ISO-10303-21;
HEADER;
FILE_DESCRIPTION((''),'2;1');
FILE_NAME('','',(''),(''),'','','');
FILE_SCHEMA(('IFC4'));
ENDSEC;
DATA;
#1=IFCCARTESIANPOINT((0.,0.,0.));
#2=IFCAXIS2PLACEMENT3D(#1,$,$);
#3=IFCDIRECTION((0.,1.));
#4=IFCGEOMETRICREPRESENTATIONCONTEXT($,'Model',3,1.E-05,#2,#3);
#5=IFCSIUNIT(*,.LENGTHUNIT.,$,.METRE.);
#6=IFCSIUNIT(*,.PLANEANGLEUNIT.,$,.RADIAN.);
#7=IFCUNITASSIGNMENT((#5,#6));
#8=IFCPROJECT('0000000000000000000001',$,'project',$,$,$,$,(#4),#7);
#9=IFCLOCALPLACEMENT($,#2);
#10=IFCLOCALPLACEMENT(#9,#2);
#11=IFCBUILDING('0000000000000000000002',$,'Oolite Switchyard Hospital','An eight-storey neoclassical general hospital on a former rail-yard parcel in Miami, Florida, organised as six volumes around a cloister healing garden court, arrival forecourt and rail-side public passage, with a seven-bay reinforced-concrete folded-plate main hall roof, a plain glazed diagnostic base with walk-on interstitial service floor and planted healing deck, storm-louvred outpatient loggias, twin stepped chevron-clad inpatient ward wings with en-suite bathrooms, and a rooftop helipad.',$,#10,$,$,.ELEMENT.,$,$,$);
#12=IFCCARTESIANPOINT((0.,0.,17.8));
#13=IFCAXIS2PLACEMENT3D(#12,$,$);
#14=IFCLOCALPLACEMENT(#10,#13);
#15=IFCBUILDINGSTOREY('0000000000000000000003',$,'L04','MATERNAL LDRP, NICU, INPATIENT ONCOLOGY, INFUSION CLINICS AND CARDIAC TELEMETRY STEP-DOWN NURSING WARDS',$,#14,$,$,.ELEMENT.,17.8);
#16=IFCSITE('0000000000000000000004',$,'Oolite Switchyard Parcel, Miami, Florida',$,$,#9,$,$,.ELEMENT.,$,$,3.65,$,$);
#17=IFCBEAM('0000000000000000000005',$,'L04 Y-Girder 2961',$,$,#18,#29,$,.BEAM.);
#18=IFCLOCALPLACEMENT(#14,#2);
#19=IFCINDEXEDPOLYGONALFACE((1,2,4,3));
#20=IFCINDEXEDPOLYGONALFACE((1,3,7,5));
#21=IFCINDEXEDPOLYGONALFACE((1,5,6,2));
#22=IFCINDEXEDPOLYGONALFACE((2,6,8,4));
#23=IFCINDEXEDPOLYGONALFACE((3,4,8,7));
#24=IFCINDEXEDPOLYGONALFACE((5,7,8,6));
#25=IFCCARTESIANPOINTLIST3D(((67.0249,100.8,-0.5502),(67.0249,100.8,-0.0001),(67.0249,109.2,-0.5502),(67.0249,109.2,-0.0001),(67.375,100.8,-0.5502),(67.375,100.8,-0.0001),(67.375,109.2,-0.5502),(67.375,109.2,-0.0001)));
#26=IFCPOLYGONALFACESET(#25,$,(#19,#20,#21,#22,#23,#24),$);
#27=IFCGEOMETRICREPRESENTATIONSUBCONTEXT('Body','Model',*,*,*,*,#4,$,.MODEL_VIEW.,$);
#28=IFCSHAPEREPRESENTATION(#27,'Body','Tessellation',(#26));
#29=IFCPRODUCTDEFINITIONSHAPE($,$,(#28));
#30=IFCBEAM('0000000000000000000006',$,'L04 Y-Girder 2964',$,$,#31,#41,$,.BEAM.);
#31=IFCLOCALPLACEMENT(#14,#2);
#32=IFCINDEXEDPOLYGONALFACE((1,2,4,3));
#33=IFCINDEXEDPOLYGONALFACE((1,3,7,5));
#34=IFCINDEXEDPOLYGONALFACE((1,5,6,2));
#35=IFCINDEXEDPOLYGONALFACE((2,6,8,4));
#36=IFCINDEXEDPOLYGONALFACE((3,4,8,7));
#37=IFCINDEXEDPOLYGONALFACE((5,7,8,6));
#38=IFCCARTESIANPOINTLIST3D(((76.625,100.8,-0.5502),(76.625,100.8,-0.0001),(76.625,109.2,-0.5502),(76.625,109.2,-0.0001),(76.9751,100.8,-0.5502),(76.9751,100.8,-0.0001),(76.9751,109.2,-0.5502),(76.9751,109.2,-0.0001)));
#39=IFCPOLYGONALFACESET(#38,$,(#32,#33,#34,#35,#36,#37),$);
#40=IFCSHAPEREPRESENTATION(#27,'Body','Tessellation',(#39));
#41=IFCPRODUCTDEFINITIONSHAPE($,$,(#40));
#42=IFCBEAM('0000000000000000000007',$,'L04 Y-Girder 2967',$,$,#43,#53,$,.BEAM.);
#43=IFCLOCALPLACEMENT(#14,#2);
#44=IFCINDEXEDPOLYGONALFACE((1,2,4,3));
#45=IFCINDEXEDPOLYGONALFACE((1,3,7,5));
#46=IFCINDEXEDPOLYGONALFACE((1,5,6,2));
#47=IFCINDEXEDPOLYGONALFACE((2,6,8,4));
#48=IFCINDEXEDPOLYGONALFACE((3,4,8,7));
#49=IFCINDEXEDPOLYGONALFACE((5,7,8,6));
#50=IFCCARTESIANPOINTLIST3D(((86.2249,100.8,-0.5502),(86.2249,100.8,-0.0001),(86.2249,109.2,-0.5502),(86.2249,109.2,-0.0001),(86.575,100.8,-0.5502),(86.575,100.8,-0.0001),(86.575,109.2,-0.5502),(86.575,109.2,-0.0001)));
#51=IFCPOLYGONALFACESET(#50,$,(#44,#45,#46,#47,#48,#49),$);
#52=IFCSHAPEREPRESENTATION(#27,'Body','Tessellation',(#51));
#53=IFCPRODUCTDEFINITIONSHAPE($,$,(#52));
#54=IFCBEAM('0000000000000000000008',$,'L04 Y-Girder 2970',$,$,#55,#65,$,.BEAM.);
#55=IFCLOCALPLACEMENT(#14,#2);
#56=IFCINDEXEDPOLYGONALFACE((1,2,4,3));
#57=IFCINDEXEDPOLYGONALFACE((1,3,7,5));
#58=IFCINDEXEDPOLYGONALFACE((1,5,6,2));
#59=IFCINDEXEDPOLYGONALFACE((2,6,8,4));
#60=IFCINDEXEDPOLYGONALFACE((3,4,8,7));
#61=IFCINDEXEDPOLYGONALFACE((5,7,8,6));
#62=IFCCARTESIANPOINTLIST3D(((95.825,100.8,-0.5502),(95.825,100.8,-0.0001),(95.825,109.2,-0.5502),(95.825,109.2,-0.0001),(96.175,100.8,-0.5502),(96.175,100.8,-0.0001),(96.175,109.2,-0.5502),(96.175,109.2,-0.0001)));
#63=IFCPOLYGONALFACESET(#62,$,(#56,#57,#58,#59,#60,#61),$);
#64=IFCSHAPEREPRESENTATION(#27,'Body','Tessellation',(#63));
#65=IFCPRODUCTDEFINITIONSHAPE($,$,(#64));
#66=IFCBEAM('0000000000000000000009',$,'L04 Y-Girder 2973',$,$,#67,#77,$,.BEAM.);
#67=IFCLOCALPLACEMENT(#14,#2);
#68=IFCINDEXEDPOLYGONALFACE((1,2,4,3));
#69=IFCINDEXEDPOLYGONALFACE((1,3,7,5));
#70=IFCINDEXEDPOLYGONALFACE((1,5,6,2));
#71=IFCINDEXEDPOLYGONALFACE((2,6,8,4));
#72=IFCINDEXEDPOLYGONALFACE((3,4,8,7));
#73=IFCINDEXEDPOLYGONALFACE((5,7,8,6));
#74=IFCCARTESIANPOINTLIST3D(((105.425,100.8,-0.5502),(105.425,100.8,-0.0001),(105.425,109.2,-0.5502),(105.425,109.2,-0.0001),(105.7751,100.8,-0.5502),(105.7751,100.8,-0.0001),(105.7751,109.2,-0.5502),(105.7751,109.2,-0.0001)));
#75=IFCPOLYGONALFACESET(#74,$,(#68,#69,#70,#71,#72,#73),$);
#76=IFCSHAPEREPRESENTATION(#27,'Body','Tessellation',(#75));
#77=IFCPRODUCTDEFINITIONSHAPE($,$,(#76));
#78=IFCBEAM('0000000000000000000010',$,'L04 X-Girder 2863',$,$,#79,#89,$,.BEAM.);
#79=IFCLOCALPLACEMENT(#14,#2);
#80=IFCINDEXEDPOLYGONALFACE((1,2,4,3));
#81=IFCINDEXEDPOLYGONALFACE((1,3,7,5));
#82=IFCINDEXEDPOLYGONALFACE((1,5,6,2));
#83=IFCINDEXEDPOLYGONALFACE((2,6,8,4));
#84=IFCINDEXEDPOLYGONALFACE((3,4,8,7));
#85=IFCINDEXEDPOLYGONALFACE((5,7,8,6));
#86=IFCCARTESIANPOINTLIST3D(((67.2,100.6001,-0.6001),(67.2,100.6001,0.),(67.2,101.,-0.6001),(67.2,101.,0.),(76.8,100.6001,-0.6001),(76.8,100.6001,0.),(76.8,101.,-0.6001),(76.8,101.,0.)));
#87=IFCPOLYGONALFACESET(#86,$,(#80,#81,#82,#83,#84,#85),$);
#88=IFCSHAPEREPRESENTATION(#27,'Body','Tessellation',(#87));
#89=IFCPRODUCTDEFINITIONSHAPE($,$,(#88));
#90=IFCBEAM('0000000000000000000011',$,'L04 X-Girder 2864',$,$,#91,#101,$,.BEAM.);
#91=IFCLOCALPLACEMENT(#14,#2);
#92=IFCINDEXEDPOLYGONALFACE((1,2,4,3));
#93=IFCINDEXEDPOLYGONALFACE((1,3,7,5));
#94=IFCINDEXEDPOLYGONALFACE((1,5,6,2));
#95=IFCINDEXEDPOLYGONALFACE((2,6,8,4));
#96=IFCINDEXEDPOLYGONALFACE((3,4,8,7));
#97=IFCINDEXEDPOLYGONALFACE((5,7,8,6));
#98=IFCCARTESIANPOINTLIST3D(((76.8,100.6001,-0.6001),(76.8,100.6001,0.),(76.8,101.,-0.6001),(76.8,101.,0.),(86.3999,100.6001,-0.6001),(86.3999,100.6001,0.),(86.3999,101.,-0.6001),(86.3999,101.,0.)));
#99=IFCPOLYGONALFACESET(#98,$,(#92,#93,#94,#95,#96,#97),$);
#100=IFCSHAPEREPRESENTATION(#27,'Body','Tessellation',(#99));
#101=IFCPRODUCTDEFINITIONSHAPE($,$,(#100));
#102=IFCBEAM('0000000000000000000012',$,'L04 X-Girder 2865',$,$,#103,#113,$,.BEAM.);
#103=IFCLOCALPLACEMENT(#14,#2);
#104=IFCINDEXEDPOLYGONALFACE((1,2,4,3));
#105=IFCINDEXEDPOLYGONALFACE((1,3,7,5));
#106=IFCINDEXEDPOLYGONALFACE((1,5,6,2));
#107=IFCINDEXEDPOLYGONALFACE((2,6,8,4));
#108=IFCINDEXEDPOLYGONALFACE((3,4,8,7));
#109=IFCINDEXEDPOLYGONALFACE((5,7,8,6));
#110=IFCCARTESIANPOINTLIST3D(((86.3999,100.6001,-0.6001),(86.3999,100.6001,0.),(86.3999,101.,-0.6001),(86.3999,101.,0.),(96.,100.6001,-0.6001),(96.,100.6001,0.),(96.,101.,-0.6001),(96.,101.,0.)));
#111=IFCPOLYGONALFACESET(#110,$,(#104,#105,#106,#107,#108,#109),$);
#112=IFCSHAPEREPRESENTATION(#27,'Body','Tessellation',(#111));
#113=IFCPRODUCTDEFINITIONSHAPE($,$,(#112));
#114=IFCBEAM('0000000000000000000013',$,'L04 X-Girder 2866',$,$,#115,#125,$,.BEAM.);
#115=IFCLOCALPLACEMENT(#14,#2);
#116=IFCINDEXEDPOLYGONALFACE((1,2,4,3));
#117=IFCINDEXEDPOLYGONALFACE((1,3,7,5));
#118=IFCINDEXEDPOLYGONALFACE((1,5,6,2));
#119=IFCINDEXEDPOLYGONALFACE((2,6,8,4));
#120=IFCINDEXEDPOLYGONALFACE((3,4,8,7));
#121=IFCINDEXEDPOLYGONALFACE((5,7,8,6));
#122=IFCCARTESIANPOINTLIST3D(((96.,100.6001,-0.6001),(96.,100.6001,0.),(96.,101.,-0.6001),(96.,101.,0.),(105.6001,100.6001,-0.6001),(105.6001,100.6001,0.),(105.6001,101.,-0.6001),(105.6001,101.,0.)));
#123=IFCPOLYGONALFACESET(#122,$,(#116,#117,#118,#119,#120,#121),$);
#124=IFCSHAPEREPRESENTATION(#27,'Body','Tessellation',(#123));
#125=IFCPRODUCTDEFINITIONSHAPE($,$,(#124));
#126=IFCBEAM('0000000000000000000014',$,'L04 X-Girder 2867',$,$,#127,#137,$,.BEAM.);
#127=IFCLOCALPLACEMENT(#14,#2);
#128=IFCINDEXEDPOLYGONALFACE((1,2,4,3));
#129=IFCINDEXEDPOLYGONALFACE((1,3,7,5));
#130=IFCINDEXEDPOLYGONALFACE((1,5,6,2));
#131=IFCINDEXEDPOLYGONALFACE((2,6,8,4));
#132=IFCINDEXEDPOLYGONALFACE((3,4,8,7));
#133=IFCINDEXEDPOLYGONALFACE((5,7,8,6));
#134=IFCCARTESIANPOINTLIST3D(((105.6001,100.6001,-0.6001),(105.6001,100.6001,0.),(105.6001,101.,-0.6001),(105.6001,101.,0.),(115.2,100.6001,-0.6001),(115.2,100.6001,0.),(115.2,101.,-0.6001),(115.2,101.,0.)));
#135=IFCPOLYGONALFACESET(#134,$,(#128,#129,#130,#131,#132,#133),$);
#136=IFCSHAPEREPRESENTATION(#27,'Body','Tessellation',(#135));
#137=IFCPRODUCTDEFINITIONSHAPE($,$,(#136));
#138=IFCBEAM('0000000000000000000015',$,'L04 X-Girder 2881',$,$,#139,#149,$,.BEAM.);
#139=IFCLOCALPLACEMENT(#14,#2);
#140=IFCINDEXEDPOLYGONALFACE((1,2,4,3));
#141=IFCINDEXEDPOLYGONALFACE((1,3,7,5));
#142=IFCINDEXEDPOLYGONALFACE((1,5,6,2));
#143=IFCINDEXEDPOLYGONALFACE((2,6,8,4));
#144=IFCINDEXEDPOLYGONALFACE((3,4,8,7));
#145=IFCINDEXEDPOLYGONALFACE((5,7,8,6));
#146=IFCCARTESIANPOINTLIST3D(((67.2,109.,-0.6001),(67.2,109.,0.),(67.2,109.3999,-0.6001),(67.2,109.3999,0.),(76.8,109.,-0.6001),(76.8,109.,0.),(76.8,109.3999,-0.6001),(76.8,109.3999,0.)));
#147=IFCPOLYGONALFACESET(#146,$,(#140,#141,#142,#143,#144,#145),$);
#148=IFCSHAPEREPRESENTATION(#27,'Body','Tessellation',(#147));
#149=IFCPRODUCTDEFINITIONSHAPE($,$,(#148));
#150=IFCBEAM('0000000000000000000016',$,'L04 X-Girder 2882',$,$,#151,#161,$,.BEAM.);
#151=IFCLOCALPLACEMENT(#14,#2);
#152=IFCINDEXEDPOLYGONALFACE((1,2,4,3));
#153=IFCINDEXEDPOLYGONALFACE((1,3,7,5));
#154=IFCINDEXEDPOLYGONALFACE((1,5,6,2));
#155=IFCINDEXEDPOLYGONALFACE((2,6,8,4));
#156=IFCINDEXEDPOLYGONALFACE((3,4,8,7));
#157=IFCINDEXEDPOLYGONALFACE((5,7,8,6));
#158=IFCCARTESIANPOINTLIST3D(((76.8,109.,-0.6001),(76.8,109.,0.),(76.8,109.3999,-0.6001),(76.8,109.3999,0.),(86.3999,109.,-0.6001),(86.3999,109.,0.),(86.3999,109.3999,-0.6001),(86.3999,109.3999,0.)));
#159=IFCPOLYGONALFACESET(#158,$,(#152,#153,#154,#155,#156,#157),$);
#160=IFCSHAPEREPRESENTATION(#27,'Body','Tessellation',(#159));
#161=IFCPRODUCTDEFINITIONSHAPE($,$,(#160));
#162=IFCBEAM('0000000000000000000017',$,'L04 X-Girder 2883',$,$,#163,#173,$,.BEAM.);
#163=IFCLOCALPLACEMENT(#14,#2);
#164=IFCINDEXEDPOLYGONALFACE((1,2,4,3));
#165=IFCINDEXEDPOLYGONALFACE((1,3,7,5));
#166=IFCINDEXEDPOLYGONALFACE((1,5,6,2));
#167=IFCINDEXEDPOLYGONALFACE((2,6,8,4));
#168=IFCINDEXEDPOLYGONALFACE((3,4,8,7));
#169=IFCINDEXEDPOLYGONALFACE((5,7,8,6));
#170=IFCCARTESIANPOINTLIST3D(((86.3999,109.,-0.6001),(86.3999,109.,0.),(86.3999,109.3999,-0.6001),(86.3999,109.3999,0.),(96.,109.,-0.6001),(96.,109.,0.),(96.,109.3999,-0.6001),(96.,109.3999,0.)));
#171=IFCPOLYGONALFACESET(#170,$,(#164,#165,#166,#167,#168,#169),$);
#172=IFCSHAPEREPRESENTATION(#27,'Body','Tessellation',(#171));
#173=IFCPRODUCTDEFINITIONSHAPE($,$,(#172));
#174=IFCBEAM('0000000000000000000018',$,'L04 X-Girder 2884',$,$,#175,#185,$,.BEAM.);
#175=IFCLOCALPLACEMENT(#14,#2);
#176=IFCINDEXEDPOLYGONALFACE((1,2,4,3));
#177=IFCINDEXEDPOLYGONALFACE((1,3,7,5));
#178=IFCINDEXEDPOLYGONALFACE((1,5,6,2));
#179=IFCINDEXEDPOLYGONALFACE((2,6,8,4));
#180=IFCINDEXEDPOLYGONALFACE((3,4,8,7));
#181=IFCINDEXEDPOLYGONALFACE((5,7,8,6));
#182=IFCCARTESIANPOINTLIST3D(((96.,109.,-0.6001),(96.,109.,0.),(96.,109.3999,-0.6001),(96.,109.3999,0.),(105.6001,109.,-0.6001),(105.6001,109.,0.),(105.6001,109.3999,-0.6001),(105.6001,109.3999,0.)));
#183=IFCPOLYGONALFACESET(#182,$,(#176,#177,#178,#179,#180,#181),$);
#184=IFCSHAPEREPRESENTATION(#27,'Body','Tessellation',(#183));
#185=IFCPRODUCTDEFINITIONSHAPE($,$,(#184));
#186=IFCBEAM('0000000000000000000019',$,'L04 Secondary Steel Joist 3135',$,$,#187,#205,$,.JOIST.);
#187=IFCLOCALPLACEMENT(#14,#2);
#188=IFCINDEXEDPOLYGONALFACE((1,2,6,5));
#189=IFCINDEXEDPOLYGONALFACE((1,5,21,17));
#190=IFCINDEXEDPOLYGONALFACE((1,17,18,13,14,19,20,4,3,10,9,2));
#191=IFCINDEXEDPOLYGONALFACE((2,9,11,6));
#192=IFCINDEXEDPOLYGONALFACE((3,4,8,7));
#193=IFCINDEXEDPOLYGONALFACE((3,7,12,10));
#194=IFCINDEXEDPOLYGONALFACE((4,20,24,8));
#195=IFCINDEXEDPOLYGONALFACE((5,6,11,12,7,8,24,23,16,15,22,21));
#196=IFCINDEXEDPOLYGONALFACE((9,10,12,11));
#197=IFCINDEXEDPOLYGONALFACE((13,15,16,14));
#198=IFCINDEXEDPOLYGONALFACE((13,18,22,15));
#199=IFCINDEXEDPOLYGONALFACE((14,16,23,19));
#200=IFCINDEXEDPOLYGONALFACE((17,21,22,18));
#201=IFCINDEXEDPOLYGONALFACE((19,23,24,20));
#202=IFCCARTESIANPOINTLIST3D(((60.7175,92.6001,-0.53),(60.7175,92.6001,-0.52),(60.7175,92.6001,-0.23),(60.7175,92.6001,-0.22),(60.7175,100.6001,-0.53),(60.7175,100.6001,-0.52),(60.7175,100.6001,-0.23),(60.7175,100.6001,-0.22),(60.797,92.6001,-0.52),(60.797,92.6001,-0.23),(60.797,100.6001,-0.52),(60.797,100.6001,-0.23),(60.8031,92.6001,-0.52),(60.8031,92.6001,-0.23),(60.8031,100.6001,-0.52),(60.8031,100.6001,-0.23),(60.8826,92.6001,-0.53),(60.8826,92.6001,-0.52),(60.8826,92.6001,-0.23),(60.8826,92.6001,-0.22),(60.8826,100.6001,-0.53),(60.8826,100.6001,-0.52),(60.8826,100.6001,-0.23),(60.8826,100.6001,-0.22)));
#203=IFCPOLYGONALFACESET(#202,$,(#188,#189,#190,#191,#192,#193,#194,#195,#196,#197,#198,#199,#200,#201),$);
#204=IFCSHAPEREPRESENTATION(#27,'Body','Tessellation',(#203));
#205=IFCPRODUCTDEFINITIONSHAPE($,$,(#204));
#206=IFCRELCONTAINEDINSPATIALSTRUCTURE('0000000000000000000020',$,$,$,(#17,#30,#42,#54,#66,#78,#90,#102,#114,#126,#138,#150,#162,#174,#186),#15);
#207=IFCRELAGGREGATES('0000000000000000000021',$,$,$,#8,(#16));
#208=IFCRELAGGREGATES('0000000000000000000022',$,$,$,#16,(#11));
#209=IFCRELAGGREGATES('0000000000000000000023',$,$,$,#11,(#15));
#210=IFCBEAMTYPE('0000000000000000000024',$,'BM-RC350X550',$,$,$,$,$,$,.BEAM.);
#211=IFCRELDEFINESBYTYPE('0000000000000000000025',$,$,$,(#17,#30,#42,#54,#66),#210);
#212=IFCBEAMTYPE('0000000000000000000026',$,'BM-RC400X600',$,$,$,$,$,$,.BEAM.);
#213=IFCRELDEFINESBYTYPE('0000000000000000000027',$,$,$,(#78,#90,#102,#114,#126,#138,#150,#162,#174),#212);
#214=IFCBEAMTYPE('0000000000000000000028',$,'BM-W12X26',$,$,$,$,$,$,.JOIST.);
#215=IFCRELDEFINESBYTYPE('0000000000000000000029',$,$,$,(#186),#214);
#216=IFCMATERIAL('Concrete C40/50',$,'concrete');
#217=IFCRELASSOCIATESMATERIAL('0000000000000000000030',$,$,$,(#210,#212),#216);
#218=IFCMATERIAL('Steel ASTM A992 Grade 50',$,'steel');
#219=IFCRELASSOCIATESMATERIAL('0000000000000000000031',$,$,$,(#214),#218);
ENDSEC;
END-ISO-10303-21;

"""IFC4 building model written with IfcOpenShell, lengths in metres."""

from ifc_helpers import new_model, si_unit, direction, frame, origin, origin_2d, place, context, subcontext, project, spatial, rectangle, i_section, extrude, material, material_profile, profile_set, type_object, element, save


model = new_model("IFC4")

# Units and contexts
model_context = context("Model", 3, precision=1e-05, world=origin(), true_north=direction((0.0, 1.0)))
body_context = subcontext(model_context, "Body", "Model", "MODEL_VIEW")
ifc_project = project(units=[si_unit("LENGTHUNIT", "METRE"), si_unit("PLANEANGLEUNIT", "RADIAN")], contexts=[model_context])

# Site, building, storey
site_placement = place(None, origin())
site = spatial("IfcSite", under=ifc_project, at=site_placement, Name="Oolite Switchyard Parcel, Miami, Florida", CompositionType="ELEMENT", RefElevation=3.65)
building_placement = place(site_placement, origin())
building = spatial("IfcBuilding", under=site, at=building_placement, Name="Oolite Switchyard Hospital", Description="An eight-storey neoclassical general hospital on a former rail-yard parcel in Miami, Florida, organised as six volumes around a cloister healing garden court, arrival forecourt and rail-side public passage, with a seven-bay reinforced-concrete folded-plate main hall roof, a plain glazed diagnostic base with walk-on interstitial service floor and planted healing deck, storm-louvred outpatient loggias, twin stepped chevron-clad inpatient ward wings with en-suite bathrooms, and a rooftop helipad.", CompositionType="ELEMENT")
storey_placement = place(building_placement, frame((0.0, 0.0, 17.8)))
storey = spatial("IfcBuildingStorey", under=building, at=storey_placement, Name="L04", Description="MATERNAL LDRP, NICU, INPATIENT ONCOLOGY, INFUSION CLINICS AND CARDIAC TELEMETRY STEP-DOWN NURSING WARDS", CompositionType="ELEMENT", Elevation=17.8)

# Beams
ifc_material_1 = material(Name="Concrete C40/50", Category="concrete")
ifc_material_profile_1 = material_profile(ifc_material_1, rectangle(XDim=0.3501, YDim=0.55, at=origin_2d()), Name="RCB350X550")
ifc_profile_set_1 = profile_set([ifc_material_profile_1], Name="Concrete C40/50")
beam_type_1 = type_object("IfcBeamType", Name="BM-RC350X550", PredefinedType="BEAM", material=ifc_profile_set_1)
for number, where, z_axis, x_axis, name in (
    (1, (67.2, 100.8, -0.2751), (0.0, 1.0, 0.0), (-1.0, 0.0, 0.0), "L04 Y-Girder 2961"),
    (2, (76.8, 100.8, -0.2751), (0.0, 1.0, 0.0), (-1.0, 0.0, 0.0), "L04 Y-Girder 2964"),
    (3, (86.3999, 100.8, -0.2751), (0.0, 1.0, 0.0), (-1.0, 0.0, 0.0), "L04 Y-Girder 2967"),
    (4, (96.0, 100.8, -0.2751), (0.0, 1.0, 0.0), (-1.0, 0.0, 0.0), "L04 Y-Girder 2970"),
    (5, (105.6001, 100.8, -0.2751), (0.0, 1.0, 0.0), (-1.0, 0.0, 0.0), "L04 Y-Girder 2973"),
):
    element("IfcBeam", number, at=place(storey_placement, frame(where, z_axis=z_axis, x_axis=x_axis)), inside=storey, type_object=beam_type_1, Name=name, PredefinedType="BEAM", context=body_context, shape_type="SweptSolid", body=[
        extrude(rectangle(XDim=0.3501, YDim=0.55, at=origin_2d()), origin(), (0.0, 0.0, 1.0), 8.3999),
    ])
ifc_material_profile_2 = material_profile(ifc_material_1, rectangle(XDim=0.3999, YDim=0.6001, at=origin_2d()), Name="RCB400X600")
ifc_profile_set_2 = profile_set([ifc_material_profile_2], Name="Concrete C40/50")
beam_type_2 = type_object("IfcBeamType", Name="BM-RC400X600", PredefinedType="BEAM", material=ifc_profile_set_2)
beam_1_placement = place(storey_placement, frame((67.2, 100.8, -0.3), z_axis=(1.0, 0.0, 0.0), x_axis=(0.0, 1.0, 0.0)))
element("IfcBeam", 6, at=beam_1_placement, inside=storey, type_object=beam_type_2, Name="L04 X-Girder 2863", PredefinedType="BEAM", context=body_context, shape_type="SweptSolid", body=[
    extrude(rectangle(XDim=0.3999, YDim=0.6001, at=origin_2d()), origin(), (0.0, 0.0, 1.0), 9.6001),
])
beam_2_placement = place(storey_placement, frame((76.8, 100.8, -0.3), z_axis=(1.0, 0.0, 0.0), x_axis=(0.0, 1.0, 0.0)))
element("IfcBeam", 7, at=beam_2_placement, inside=storey, type_object=beam_type_2, Name="L04 X-Girder 2864", PredefinedType="BEAM", context=body_context, shape_type="SweptSolid", body=[
    extrude(rectangle(XDim=0.3999, YDim=0.6001, at=origin_2d()), origin(), (0.0, 0.0, 1.0), 9.5999),
])
for number, where, z_axis, x_axis, name in (
    (8, (86.3999, 100.8, -0.3), (1.0, 0.0, 0.0), (0.0, 1.0, 0.0), "L04 X-Girder 2865"),
    (9, (96.0, 100.8, -0.3), (1.0, 0.0, 0.0), (0.0, 1.0, 0.0), "L04 X-Girder 2866"),
):
    element("IfcBeam", number, at=place(storey_placement, frame(where, z_axis=z_axis, x_axis=x_axis)), inside=storey, type_object=beam_type_2, Name=name, PredefinedType="BEAM", context=body_context, shape_type="SweptSolid", body=[
        extrude(rectangle(XDim=0.3999, YDim=0.6001, at=origin_2d()), origin(), (0.0, 0.0, 1.0), 9.6001),
    ])
beam_3_placement = place(storey_placement, frame((105.6001, 100.8, -0.3), z_axis=(1.0, 0.0, 0.0), x_axis=(0.0, 1.0, 0.0)))
element("IfcBeam", 10, at=beam_3_placement, inside=storey, type_object=beam_type_2, Name="L04 X-Girder 2867", PredefinedType="BEAM", context=body_context, shape_type="SweptSolid", body=[
    extrude(rectangle(XDim=0.3999, YDim=0.6001, at=origin_2d()), origin(), (0.0, 0.0, 1.0), 9.5999),
])
beam_4_placement = place(storey_placement, frame((67.2, 109.2, -0.3), z_axis=(1.0, 0.0, 0.0), x_axis=(0.0, 1.0, 0.0)))
element("IfcBeam", 11, at=beam_4_placement, inside=storey, type_object=beam_type_2, Name="L04 X-Girder 2881", PredefinedType="BEAM", context=body_context, shape_type="SweptSolid", body=[
    extrude(rectangle(XDim=0.3999, YDim=0.6001, at=origin_2d()), origin(), (0.0, 0.0, 1.0), 9.6001),
])
beam_5_placement = place(storey_placement, frame((76.8, 109.2, -0.3), z_axis=(1.0, 0.0, 0.0), x_axis=(0.0, 1.0, 0.0)))
element("IfcBeam", 12, at=beam_5_placement, inside=storey, type_object=beam_type_2, Name="L04 X-Girder 2882", PredefinedType="BEAM", context=body_context, shape_type="SweptSolid", body=[
    extrude(rectangle(XDim=0.3999, YDim=0.6001, at=origin_2d()), origin(), (0.0, 0.0, 1.0), 9.5999),
])
for number, where, z_axis, x_axis, name in (
    (13, (86.3999, 109.2, -0.3), (1.0, 0.0, 0.0), (0.0, 1.0, 0.0), "L04 X-Girder 2883"),
    (14, (96.0, 109.2, -0.3), (1.0, 0.0, 0.0), (0.0, 1.0, 0.0), "L04 X-Girder 2884"),
):
    element("IfcBeam", number, at=place(storey_placement, frame(where, z_axis=z_axis, x_axis=x_axis)), inside=storey, type_object=beam_type_2, Name=name, PredefinedType="BEAM", context=body_context, shape_type="SweptSolid", body=[
        extrude(rectangle(XDim=0.3999, YDim=0.6001, at=origin_2d()), origin(), (0.0, 0.0, 1.0), 9.6001),
    ])
ifc_material_2 = material(Name="Steel ASTM A992 Grade 50", Category="steel")
ifc_material_profile_3 = material_profile(ifc_material_2, i_section(OverallWidth=0.165, OverallDepth=0.3101, WebThickness=0.0061, FlangeThickness=0.01, at=origin_2d()), Name="W12X26")
ifc_profile_set_3 = profile_set([ifc_material_profile_3], Name="Steel ASTM A992 Grade 50")
beam_type_3 = type_object("IfcBeamType", Name="BM-W12X26", PredefinedType="JOIST", material=ifc_profile_set_3)
beam_6_placement = place(storey_placement, frame((60.8, 92.6001, -0.375), z_axis=(0.0, 1.0, 0.0), x_axis=(-1.0, 0.0, 0.0)))
element("IfcBeam", 15, at=beam_6_placement, inside=storey, type_object=beam_type_3, Name="L04 Secondary Steel Joist 3135", PredefinedType="JOIST", context=body_context, shape_type="SweptSolid", body=[
    extrude(i_section(OverallWidth=0.165, OverallDepth=0.3101, WebThickness=0.0061, FlangeThickness=0.01, at=origin_2d()), origin(), (0.0, 0.0, 1.0), 8.0),
])

save(model, "model.ifc")
